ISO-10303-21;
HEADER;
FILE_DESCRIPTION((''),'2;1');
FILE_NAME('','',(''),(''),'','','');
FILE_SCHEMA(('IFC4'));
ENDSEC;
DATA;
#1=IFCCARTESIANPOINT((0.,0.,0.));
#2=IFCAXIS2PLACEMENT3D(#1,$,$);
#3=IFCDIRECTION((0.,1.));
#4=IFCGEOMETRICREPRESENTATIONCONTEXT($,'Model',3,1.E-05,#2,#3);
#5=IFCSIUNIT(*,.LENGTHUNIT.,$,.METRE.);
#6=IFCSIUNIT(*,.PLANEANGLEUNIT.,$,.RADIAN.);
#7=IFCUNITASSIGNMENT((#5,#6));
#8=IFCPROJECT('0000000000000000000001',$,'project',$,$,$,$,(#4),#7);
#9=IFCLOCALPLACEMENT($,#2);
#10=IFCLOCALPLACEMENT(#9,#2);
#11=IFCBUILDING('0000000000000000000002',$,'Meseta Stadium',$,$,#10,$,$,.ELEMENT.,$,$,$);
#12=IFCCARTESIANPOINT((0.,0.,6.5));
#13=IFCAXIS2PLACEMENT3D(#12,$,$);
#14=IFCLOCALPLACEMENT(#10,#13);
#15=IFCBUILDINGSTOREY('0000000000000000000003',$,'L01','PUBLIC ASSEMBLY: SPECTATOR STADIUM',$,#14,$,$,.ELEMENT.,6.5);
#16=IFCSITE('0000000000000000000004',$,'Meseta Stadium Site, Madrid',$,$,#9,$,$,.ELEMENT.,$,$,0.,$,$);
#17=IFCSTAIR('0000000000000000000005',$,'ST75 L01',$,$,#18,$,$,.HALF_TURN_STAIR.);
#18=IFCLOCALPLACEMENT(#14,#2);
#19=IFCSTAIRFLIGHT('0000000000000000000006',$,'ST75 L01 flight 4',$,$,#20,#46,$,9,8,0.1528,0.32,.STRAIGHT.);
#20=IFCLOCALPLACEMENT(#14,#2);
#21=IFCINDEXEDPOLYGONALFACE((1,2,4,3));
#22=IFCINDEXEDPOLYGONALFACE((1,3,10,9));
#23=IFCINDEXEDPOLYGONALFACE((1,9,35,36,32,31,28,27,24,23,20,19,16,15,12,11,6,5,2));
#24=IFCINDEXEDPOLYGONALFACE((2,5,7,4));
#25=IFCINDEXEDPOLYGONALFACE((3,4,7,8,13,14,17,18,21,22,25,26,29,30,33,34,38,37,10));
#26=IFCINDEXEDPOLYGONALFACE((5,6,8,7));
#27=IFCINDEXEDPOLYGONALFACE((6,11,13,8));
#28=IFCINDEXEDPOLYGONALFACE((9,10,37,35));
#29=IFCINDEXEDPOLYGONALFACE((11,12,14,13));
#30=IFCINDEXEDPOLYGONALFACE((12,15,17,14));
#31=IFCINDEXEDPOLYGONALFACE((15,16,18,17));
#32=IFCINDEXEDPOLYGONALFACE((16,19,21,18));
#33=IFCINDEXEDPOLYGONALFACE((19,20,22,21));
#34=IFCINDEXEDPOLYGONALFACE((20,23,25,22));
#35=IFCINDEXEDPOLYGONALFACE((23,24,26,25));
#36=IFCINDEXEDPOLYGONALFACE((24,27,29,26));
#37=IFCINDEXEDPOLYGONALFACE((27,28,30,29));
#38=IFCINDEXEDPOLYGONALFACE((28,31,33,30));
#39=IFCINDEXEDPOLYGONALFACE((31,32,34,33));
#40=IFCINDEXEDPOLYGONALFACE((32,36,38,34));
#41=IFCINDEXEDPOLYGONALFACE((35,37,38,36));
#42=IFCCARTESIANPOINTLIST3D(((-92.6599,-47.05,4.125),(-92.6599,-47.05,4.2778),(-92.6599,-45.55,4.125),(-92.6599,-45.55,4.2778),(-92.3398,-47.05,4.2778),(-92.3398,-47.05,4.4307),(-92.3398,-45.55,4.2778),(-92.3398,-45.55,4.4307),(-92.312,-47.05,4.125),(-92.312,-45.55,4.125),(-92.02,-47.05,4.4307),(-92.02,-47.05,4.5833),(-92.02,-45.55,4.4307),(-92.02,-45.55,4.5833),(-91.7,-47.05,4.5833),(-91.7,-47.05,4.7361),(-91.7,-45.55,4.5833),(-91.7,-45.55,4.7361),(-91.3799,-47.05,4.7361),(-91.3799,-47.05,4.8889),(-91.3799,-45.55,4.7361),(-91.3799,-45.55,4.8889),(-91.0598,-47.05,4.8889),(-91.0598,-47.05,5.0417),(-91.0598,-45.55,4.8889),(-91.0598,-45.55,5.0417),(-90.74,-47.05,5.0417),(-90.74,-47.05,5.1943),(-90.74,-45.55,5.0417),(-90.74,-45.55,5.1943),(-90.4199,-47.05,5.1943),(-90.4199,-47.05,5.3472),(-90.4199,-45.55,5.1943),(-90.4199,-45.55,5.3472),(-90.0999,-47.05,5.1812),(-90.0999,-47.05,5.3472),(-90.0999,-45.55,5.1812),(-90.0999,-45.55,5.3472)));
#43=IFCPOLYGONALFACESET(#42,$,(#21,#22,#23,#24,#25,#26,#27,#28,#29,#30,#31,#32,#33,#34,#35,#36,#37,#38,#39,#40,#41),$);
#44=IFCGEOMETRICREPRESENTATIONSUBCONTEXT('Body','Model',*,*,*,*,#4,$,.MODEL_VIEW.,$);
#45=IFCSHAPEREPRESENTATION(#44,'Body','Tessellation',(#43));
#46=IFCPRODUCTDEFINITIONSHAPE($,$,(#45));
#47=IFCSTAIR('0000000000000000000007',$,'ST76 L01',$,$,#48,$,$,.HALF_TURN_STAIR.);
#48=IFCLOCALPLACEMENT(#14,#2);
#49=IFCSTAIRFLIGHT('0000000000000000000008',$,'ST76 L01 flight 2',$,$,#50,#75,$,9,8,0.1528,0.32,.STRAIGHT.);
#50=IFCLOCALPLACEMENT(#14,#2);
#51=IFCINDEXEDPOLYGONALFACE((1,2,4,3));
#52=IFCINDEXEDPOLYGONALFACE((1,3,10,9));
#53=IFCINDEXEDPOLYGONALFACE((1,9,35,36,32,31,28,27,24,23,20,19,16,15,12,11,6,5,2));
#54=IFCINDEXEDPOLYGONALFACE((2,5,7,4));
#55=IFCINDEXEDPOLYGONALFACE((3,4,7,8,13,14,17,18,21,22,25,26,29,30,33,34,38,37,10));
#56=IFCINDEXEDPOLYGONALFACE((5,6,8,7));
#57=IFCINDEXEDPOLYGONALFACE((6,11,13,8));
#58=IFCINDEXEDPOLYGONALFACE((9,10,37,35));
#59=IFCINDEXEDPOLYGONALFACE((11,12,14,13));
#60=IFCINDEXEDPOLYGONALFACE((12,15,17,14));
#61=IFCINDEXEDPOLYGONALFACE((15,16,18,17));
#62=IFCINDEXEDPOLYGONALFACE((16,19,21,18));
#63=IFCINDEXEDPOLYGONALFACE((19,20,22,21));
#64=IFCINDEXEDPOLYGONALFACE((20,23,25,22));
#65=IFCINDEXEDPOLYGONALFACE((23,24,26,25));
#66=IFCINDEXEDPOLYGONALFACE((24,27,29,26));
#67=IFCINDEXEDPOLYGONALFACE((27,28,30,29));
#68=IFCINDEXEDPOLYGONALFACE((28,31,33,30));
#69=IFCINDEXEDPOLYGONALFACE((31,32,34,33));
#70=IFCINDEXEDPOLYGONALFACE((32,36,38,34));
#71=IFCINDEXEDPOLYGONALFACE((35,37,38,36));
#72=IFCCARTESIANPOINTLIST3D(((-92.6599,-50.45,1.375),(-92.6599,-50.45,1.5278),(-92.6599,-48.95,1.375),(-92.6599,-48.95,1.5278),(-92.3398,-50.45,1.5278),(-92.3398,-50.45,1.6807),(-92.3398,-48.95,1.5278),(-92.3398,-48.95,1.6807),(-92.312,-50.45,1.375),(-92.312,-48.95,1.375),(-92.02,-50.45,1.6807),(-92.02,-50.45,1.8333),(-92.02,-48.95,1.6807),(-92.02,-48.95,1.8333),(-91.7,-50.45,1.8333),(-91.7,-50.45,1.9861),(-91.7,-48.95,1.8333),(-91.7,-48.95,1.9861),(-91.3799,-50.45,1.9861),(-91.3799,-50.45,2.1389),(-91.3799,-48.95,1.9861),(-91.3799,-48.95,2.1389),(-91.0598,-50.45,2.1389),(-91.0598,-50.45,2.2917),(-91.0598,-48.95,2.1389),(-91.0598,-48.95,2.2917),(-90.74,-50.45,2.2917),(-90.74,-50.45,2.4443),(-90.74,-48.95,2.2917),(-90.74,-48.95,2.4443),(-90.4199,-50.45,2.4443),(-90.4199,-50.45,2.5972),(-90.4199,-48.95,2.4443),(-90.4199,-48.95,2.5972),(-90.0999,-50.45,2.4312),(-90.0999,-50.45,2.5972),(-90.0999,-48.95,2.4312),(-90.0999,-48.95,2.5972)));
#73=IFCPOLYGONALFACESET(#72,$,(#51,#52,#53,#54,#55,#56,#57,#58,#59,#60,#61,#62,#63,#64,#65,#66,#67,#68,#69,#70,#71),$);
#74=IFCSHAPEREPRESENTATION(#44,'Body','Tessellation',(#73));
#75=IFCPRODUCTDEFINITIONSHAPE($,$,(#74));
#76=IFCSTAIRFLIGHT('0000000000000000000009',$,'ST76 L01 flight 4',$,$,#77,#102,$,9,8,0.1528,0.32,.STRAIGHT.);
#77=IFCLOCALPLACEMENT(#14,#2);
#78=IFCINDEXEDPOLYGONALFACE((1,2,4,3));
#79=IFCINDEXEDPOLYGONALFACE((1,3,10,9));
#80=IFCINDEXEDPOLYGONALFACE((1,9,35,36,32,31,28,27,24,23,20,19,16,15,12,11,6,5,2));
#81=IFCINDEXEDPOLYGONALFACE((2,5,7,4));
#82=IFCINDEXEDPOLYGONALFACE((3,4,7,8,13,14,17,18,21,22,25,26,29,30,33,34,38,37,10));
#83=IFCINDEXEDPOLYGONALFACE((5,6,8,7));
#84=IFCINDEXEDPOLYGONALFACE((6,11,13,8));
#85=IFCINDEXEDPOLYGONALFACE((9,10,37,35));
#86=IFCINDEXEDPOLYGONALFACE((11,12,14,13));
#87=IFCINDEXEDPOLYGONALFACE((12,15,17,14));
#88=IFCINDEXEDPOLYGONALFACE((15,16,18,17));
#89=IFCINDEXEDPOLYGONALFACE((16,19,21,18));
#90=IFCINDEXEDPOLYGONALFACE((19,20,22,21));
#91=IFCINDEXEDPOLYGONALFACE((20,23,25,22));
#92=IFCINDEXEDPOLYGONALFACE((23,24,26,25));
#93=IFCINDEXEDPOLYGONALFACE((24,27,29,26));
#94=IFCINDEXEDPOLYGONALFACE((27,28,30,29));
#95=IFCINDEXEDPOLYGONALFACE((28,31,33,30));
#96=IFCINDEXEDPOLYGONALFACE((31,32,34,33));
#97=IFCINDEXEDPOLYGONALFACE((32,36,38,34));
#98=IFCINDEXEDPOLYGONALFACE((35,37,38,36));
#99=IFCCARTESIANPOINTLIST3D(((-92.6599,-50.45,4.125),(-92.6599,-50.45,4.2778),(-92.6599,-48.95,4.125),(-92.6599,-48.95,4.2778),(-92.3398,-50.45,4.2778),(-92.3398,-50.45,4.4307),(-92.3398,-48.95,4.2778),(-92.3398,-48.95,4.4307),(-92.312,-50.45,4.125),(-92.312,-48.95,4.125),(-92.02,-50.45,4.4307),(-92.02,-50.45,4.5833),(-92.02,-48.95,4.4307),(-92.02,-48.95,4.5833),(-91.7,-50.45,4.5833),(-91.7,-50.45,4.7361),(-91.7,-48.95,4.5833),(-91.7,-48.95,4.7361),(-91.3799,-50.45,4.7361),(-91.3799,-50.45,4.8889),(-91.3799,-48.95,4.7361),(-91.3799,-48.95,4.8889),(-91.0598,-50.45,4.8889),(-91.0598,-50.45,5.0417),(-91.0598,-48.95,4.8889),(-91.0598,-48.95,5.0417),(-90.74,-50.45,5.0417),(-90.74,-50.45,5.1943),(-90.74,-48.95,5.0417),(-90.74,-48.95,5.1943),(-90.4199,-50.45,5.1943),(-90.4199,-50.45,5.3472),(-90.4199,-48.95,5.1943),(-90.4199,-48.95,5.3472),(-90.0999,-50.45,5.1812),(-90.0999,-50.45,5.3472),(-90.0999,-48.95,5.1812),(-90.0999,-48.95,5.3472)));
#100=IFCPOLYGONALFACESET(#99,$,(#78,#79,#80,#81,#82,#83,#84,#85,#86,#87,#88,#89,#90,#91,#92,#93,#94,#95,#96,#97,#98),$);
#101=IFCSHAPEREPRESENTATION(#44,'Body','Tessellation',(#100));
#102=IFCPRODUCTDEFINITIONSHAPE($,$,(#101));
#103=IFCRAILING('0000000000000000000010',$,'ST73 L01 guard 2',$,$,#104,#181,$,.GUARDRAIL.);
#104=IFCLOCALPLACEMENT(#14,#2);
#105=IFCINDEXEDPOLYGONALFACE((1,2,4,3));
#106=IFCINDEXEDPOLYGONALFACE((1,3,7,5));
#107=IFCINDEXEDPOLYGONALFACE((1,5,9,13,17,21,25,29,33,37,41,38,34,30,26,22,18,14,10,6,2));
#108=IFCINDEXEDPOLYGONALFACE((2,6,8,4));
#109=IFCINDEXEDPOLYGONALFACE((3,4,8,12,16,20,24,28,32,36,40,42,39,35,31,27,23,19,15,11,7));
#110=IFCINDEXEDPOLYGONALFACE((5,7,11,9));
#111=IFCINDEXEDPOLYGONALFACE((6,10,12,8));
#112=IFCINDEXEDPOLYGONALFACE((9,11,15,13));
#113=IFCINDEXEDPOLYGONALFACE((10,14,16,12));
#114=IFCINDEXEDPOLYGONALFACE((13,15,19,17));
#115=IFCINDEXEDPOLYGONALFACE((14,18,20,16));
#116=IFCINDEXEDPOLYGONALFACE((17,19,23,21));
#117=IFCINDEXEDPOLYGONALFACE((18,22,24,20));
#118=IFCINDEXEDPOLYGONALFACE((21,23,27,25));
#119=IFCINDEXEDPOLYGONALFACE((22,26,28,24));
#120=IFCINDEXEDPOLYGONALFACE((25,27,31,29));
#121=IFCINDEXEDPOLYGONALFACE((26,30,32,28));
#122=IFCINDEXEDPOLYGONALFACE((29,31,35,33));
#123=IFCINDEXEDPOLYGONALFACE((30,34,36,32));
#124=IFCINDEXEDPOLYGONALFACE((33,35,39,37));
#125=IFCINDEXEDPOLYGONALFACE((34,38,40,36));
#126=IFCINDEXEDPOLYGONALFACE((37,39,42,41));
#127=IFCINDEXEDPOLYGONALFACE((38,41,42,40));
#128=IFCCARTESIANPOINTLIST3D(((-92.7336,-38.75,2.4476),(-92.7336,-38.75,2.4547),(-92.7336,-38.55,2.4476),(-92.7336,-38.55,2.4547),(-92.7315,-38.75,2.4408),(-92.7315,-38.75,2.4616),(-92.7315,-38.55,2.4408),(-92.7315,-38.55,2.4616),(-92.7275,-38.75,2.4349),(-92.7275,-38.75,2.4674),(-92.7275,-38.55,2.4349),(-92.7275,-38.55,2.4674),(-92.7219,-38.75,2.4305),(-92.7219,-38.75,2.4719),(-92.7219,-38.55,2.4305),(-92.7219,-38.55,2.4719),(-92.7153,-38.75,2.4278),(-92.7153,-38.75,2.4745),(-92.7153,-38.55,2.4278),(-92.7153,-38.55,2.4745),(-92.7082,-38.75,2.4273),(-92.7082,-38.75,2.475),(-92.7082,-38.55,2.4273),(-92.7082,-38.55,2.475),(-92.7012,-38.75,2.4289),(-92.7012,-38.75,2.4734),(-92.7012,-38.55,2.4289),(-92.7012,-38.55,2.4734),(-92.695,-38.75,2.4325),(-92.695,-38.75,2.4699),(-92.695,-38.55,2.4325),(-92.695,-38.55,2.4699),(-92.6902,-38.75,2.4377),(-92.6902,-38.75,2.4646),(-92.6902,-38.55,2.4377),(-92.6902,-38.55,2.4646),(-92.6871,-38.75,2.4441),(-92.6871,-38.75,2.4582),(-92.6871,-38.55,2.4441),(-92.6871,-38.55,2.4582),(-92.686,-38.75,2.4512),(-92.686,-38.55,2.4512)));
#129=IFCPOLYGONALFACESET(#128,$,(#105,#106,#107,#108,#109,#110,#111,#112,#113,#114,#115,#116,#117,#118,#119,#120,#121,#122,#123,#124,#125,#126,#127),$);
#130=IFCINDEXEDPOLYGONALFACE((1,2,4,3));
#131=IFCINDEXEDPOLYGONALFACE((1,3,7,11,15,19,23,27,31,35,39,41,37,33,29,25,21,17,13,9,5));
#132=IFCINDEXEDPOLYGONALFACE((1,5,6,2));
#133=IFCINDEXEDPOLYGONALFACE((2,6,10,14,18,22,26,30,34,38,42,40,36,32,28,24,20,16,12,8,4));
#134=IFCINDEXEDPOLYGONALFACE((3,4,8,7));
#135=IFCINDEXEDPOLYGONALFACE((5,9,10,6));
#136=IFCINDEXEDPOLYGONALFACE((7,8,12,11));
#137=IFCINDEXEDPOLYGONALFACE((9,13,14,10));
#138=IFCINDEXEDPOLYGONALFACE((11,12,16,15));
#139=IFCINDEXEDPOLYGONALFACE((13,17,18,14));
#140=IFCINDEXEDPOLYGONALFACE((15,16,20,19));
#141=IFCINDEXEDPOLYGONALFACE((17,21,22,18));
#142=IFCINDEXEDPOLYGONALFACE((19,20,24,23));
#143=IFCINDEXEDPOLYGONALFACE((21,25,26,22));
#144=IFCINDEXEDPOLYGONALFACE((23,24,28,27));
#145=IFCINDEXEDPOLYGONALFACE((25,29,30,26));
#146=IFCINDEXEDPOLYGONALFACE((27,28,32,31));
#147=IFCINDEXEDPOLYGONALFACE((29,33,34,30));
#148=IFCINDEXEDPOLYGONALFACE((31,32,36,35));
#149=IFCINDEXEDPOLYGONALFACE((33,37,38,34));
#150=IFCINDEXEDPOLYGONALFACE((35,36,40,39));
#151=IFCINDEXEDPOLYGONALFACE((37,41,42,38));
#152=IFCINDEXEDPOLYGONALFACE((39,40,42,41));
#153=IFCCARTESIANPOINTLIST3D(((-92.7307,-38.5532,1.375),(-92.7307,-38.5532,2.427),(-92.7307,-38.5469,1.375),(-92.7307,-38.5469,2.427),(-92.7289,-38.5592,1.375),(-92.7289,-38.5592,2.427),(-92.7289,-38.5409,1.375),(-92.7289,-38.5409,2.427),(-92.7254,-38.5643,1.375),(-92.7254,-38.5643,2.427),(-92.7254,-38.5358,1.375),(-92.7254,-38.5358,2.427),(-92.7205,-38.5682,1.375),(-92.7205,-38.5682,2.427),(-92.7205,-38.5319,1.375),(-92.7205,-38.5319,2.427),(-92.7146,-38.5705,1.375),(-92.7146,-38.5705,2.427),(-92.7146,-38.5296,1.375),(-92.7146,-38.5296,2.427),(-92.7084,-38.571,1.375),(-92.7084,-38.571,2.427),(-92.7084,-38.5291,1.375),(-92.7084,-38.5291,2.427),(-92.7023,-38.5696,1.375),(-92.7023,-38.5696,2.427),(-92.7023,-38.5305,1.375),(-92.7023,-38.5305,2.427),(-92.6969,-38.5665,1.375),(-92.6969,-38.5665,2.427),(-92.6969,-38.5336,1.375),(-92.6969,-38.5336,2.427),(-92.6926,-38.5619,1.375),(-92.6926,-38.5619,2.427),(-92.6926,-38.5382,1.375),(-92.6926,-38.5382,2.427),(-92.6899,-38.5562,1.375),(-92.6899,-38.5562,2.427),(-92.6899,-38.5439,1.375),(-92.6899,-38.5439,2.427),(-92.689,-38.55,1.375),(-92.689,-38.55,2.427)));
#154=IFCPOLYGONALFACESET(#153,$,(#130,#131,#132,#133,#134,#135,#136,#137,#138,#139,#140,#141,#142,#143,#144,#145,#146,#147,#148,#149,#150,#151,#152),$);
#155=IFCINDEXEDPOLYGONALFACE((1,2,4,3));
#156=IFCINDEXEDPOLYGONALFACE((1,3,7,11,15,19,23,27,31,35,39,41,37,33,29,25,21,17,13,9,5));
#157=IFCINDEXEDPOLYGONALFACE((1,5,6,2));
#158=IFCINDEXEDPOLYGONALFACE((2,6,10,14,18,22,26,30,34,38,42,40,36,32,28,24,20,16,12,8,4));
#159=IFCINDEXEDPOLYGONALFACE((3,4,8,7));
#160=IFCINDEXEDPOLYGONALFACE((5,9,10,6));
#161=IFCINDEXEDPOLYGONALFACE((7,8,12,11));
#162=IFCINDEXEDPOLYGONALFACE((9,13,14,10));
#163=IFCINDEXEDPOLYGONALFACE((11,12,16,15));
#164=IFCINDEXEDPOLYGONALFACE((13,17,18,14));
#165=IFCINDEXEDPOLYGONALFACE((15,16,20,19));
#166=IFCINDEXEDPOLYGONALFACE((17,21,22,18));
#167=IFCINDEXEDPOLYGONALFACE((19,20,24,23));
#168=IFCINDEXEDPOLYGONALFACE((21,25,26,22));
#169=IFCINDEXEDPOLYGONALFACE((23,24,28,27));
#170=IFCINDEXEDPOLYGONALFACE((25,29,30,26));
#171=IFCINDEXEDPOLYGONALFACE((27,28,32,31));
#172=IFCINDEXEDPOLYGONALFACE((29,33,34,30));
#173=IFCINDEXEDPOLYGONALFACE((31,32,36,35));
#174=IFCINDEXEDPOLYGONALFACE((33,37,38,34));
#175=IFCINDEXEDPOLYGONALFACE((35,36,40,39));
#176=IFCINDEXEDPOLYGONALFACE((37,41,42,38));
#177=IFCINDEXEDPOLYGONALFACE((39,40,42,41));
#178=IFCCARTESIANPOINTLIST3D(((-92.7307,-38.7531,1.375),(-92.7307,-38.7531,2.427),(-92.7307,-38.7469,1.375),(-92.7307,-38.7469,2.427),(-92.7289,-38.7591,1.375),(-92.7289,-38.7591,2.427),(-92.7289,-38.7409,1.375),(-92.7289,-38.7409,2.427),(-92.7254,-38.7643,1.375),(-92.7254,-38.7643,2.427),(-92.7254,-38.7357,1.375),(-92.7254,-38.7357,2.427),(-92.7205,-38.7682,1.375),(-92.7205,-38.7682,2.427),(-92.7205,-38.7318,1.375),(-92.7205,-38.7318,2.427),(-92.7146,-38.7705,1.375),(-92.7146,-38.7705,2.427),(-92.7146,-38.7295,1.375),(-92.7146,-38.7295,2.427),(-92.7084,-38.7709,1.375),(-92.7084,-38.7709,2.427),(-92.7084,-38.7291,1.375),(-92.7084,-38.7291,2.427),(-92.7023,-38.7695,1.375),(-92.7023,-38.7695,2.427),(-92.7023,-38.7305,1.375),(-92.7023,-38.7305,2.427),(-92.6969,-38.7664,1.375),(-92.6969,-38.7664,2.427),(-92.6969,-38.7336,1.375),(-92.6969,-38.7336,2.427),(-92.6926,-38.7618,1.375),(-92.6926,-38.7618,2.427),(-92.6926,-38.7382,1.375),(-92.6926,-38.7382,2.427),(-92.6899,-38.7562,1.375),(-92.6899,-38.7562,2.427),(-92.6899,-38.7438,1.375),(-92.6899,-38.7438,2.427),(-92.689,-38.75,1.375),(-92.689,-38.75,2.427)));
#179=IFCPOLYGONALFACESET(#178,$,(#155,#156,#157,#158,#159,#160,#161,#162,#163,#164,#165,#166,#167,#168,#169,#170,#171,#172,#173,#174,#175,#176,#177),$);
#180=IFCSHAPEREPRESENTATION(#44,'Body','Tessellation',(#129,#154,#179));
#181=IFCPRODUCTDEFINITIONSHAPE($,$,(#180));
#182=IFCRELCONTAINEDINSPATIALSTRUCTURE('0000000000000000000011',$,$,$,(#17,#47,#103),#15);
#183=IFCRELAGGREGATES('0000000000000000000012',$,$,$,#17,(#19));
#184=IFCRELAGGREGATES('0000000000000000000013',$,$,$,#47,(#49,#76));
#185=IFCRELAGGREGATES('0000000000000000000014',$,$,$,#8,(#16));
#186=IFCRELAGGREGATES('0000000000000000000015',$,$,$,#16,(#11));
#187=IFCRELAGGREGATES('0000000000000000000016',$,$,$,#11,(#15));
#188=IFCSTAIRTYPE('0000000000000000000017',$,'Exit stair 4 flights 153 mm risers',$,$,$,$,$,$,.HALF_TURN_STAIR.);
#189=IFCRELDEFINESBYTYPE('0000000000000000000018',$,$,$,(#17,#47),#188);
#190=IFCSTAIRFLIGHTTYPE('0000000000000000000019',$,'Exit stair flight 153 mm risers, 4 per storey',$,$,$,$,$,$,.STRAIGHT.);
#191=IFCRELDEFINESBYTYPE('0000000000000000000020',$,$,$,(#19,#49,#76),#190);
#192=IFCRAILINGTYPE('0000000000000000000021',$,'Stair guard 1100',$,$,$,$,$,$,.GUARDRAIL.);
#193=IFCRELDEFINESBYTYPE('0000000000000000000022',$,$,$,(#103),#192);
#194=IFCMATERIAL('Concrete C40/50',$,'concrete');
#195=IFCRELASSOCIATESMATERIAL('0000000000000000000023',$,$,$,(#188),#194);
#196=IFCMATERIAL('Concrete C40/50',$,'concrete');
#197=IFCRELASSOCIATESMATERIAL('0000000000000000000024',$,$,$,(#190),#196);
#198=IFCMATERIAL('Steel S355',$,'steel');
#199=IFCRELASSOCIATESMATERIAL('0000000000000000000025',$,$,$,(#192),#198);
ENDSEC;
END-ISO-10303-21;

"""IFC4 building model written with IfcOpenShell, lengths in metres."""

from ifc_helpers import new_model, si_unit, direction, frame, origin, origin_2d, place, context, subcontext, project, spatial, polyline, circle, outline, extrude, material, type_object, element, aggregate, save


model = new_model("IFC4")

# Units and contexts
model_context = context("Model", 3, precision=1e-05, world=origin(), true_north=direction((0.0, 1.0)))
body_context = subcontext(model_context, "Body", "Model", "MODEL_VIEW")
ifc_project = project(units=[si_unit("LENGTHUNIT", "METRE"), si_unit("PLANEANGLEUNIT", "RADIAN")], contexts=[model_context])

# Site, building, storey
site_placement = place(None, origin())
site = spatial("IfcSite", under=ifc_project, at=site_placement, Name="Meseta Stadium Site, Madrid", CompositionType="ELEMENT", RefElevation=0.0)
building_placement = place(site_placement, origin())
building = spatial("IfcBuilding", under=site, at=building_placement, Name="Meseta Stadium", CompositionType="ELEMENT")
storey_placement = place(building_placement, frame((0.0, 0.0, 6.5)))
storey = spatial("IfcBuildingStorey", under=building, at=storey_placement, Name="L01", Description="PUBLIC ASSEMBLY: SPECTATOR STADIUM", CompositionType="ELEMENT", Elevation=6.5)

# Stairs, stair flights
ifc_material_1 = material(Name="Concrete C40/50", Category="concrete")
stair_type = type_object("IfcStairType", Name="Exit stair 4 flights 153 mm risers", PredefinedType="HALF_TURN_STAIR", material=ifc_material_1)
stair_1_placement = place(storey_placement, origin())
stair_1 = element("IfcStair", 1, at=stair_1_placement, inside=storey, type_object=stair_type, Name="ST75 L01", PredefinedType="HALF_TURN_STAIR")
ifc_material_2 = material(Name="Concrete C40/50", Category="concrete")
stair_flight_type = type_object("IfcStairFlightType", Name="Exit stair flight 153 mm risers, 4 per storey", PredefinedType="STRAIGHT", material=ifc_material_2)
stair_flight_1_placement = place(storey_placement, frame((-92.6599, -46.3, 4.125), z_axis=(0.0, 0.0, 1.0), x_axis=(1.0, 0.0, 0.0)))
stair_flight_1 = element("IfcStairFlight", 2, at=stair_flight_1_placement, type_object=stair_flight_type, Name="ST75 L01 flight 4", NumberOfRisers=9, NumberOfTreads=8, PredefinedType="STRAIGHT", RiserHeight=0.1528, TreadLength=0.32, context=body_context, shape_type="SweptSolid", body=[
    extrude(outline(polyline([(0.0, 0.0), (0.0, 0.1528), (0.3201, 0.1528), (0.3201, 0.3057), (0.6399, 0.3057), (0.6399, 0.4583), (0.96, 0.4583), (0.96, 0.6111), (1.28, 0.6111), (1.28, 0.7639), (1.6001, 0.7639), (1.6001, 0.9167), (1.9199, 0.9167), (1.9199, 1.0693), (2.24, 1.0693), (2.24, 1.2222), (2.5601, 1.2222), (2.5601, 1.0562), (0.3479, 0.0), (0.0, 0.0)])), frame((0.0, 0.75, 0.0), z_axis=(0.0, -1.0, 0.0), x_axis=(1.0, 0.0, 0.0)), (0.0, 0.0, 1.0), 1.5),
])
aggregate(stair_1, [stair_flight_1])
stair_2_placement = place(storey_placement, origin())
stair_2 = element("IfcStair", 3, at=stair_2_placement, inside=storey, type_object=stair_type, Name="ST76 L01", PredefinedType="HALF_TURN_STAIR")
stair_flight_2_placement = place(storey_placement, frame((-92.6599, -49.7, 1.375), z_axis=(0.0, 0.0, 1.0), x_axis=(1.0, 0.0, 0.0)))
stair_flight_2 = element("IfcStairFlight", 4, at=stair_flight_2_placement, type_object=stair_flight_type, Name="ST76 L01 flight 2", NumberOfRisers=9, NumberOfTreads=8, PredefinedType="STRAIGHT", RiserHeight=0.1528, TreadLength=0.32, context=body_context, shape_type="SweptSolid", body=[
    extrude(outline(polyline([(0.0, 0.0), (0.0, 0.1528), (0.3201, 0.1528), (0.3201, 0.3057), (0.6399, 0.3057), (0.6399, 0.4583), (0.96, 0.4583), (0.96, 0.6111), (1.28, 0.6111), (1.28, 0.7639), (1.6001, 0.7639), (1.6001, 0.9167), (1.9199, 0.9167), (1.9199, 1.0693), (2.24, 1.0693), (2.24, 1.2222), (2.5601, 1.2222), (2.5601, 1.0562), (0.3479, 0.0), (0.0, 0.0)])), frame((0.0, 0.75, 0.0), z_axis=(0.0, -1.0, 0.0), x_axis=(1.0, 0.0, 0.0)), (0.0, 0.0, 1.0), 1.5),
])
stair_flight_3_placement = place(storey_placement, frame((-92.6599, -49.7, 4.125), z_axis=(0.0, 0.0, 1.0), x_axis=(1.0, 0.0, 0.0)))
stair_flight_3 = element("IfcStairFlight", 5, at=stair_flight_3_placement, type_object=stair_flight_type, Name="ST76 L01 flight 4", NumberOfRisers=9, NumberOfTreads=8, PredefinedType="STRAIGHT", RiserHeight=0.1528, TreadLength=0.32, context=body_context, shape_type="SweptSolid", body=[
    extrude(outline(polyline([(0.0, 0.0), (0.0, 0.1528), (0.3201, 0.1528), (0.3201, 0.3057), (0.6399, 0.3057), (0.6399, 0.4583), (0.96, 0.4583), (0.96, 0.6111), (1.28, 0.6111), (1.28, 0.7639), (1.6001, 0.7639), (1.6001, 0.9167), (1.9199, 0.9167), (1.9199, 1.0693), (2.24, 1.0693), (2.24, 1.2222), (2.5601, 1.2222), (2.5601, 1.0562), (0.3479, 0.0), (0.0, 0.0)])), frame((0.0, 0.75, 0.0), z_axis=(0.0, -1.0, 0.0), x_axis=(1.0, 0.0, 0.0)), (0.0, 0.0, 1.0), 1.5),
])
aggregate(stair_2, [stair_flight_2, stair_flight_3])

# Railing
ifc_material_3 = material(Name="Steel S355", Category="steel")
railing_type_1 = type_object("IfcRailingType", Name="Stair guard 1100", PredefinedType="GUARDRAIL", material=ifc_material_3)
for number, where, name in (
    (6, (-92.71, -38.55, 1.375), "ST73 L01 guard 2"),
):
    element("IfcRailing", number, at=place(storey_placement, frame(where)), inside=storey, type_object=railing_type_1, Name=name, PredefinedType="GUARDRAIL", context=body_context, shape_type="SweptSolid", body=[
        extrude(circle(Radius=0.0239, at=origin_2d()), frame((0.0, 0.0, 1.0762), z_axis=(0.0, -1.0, 0.0), x_axis=(1.0, 0.0, 0.0)), (0.0, 0.0, 1.0), 0.2),
        extrude(circle(Radius=0.021, at=origin_2d()), origin(), (0.0, 0.0, 1.0), 1.052),
        extrude(circle(Radius=0.021, at=origin_2d()), frame((0.0, -0.2, 0.0)), (0.0, 0.0, 1.0), 1.052),
    ])

save(model, "model.ifc")
